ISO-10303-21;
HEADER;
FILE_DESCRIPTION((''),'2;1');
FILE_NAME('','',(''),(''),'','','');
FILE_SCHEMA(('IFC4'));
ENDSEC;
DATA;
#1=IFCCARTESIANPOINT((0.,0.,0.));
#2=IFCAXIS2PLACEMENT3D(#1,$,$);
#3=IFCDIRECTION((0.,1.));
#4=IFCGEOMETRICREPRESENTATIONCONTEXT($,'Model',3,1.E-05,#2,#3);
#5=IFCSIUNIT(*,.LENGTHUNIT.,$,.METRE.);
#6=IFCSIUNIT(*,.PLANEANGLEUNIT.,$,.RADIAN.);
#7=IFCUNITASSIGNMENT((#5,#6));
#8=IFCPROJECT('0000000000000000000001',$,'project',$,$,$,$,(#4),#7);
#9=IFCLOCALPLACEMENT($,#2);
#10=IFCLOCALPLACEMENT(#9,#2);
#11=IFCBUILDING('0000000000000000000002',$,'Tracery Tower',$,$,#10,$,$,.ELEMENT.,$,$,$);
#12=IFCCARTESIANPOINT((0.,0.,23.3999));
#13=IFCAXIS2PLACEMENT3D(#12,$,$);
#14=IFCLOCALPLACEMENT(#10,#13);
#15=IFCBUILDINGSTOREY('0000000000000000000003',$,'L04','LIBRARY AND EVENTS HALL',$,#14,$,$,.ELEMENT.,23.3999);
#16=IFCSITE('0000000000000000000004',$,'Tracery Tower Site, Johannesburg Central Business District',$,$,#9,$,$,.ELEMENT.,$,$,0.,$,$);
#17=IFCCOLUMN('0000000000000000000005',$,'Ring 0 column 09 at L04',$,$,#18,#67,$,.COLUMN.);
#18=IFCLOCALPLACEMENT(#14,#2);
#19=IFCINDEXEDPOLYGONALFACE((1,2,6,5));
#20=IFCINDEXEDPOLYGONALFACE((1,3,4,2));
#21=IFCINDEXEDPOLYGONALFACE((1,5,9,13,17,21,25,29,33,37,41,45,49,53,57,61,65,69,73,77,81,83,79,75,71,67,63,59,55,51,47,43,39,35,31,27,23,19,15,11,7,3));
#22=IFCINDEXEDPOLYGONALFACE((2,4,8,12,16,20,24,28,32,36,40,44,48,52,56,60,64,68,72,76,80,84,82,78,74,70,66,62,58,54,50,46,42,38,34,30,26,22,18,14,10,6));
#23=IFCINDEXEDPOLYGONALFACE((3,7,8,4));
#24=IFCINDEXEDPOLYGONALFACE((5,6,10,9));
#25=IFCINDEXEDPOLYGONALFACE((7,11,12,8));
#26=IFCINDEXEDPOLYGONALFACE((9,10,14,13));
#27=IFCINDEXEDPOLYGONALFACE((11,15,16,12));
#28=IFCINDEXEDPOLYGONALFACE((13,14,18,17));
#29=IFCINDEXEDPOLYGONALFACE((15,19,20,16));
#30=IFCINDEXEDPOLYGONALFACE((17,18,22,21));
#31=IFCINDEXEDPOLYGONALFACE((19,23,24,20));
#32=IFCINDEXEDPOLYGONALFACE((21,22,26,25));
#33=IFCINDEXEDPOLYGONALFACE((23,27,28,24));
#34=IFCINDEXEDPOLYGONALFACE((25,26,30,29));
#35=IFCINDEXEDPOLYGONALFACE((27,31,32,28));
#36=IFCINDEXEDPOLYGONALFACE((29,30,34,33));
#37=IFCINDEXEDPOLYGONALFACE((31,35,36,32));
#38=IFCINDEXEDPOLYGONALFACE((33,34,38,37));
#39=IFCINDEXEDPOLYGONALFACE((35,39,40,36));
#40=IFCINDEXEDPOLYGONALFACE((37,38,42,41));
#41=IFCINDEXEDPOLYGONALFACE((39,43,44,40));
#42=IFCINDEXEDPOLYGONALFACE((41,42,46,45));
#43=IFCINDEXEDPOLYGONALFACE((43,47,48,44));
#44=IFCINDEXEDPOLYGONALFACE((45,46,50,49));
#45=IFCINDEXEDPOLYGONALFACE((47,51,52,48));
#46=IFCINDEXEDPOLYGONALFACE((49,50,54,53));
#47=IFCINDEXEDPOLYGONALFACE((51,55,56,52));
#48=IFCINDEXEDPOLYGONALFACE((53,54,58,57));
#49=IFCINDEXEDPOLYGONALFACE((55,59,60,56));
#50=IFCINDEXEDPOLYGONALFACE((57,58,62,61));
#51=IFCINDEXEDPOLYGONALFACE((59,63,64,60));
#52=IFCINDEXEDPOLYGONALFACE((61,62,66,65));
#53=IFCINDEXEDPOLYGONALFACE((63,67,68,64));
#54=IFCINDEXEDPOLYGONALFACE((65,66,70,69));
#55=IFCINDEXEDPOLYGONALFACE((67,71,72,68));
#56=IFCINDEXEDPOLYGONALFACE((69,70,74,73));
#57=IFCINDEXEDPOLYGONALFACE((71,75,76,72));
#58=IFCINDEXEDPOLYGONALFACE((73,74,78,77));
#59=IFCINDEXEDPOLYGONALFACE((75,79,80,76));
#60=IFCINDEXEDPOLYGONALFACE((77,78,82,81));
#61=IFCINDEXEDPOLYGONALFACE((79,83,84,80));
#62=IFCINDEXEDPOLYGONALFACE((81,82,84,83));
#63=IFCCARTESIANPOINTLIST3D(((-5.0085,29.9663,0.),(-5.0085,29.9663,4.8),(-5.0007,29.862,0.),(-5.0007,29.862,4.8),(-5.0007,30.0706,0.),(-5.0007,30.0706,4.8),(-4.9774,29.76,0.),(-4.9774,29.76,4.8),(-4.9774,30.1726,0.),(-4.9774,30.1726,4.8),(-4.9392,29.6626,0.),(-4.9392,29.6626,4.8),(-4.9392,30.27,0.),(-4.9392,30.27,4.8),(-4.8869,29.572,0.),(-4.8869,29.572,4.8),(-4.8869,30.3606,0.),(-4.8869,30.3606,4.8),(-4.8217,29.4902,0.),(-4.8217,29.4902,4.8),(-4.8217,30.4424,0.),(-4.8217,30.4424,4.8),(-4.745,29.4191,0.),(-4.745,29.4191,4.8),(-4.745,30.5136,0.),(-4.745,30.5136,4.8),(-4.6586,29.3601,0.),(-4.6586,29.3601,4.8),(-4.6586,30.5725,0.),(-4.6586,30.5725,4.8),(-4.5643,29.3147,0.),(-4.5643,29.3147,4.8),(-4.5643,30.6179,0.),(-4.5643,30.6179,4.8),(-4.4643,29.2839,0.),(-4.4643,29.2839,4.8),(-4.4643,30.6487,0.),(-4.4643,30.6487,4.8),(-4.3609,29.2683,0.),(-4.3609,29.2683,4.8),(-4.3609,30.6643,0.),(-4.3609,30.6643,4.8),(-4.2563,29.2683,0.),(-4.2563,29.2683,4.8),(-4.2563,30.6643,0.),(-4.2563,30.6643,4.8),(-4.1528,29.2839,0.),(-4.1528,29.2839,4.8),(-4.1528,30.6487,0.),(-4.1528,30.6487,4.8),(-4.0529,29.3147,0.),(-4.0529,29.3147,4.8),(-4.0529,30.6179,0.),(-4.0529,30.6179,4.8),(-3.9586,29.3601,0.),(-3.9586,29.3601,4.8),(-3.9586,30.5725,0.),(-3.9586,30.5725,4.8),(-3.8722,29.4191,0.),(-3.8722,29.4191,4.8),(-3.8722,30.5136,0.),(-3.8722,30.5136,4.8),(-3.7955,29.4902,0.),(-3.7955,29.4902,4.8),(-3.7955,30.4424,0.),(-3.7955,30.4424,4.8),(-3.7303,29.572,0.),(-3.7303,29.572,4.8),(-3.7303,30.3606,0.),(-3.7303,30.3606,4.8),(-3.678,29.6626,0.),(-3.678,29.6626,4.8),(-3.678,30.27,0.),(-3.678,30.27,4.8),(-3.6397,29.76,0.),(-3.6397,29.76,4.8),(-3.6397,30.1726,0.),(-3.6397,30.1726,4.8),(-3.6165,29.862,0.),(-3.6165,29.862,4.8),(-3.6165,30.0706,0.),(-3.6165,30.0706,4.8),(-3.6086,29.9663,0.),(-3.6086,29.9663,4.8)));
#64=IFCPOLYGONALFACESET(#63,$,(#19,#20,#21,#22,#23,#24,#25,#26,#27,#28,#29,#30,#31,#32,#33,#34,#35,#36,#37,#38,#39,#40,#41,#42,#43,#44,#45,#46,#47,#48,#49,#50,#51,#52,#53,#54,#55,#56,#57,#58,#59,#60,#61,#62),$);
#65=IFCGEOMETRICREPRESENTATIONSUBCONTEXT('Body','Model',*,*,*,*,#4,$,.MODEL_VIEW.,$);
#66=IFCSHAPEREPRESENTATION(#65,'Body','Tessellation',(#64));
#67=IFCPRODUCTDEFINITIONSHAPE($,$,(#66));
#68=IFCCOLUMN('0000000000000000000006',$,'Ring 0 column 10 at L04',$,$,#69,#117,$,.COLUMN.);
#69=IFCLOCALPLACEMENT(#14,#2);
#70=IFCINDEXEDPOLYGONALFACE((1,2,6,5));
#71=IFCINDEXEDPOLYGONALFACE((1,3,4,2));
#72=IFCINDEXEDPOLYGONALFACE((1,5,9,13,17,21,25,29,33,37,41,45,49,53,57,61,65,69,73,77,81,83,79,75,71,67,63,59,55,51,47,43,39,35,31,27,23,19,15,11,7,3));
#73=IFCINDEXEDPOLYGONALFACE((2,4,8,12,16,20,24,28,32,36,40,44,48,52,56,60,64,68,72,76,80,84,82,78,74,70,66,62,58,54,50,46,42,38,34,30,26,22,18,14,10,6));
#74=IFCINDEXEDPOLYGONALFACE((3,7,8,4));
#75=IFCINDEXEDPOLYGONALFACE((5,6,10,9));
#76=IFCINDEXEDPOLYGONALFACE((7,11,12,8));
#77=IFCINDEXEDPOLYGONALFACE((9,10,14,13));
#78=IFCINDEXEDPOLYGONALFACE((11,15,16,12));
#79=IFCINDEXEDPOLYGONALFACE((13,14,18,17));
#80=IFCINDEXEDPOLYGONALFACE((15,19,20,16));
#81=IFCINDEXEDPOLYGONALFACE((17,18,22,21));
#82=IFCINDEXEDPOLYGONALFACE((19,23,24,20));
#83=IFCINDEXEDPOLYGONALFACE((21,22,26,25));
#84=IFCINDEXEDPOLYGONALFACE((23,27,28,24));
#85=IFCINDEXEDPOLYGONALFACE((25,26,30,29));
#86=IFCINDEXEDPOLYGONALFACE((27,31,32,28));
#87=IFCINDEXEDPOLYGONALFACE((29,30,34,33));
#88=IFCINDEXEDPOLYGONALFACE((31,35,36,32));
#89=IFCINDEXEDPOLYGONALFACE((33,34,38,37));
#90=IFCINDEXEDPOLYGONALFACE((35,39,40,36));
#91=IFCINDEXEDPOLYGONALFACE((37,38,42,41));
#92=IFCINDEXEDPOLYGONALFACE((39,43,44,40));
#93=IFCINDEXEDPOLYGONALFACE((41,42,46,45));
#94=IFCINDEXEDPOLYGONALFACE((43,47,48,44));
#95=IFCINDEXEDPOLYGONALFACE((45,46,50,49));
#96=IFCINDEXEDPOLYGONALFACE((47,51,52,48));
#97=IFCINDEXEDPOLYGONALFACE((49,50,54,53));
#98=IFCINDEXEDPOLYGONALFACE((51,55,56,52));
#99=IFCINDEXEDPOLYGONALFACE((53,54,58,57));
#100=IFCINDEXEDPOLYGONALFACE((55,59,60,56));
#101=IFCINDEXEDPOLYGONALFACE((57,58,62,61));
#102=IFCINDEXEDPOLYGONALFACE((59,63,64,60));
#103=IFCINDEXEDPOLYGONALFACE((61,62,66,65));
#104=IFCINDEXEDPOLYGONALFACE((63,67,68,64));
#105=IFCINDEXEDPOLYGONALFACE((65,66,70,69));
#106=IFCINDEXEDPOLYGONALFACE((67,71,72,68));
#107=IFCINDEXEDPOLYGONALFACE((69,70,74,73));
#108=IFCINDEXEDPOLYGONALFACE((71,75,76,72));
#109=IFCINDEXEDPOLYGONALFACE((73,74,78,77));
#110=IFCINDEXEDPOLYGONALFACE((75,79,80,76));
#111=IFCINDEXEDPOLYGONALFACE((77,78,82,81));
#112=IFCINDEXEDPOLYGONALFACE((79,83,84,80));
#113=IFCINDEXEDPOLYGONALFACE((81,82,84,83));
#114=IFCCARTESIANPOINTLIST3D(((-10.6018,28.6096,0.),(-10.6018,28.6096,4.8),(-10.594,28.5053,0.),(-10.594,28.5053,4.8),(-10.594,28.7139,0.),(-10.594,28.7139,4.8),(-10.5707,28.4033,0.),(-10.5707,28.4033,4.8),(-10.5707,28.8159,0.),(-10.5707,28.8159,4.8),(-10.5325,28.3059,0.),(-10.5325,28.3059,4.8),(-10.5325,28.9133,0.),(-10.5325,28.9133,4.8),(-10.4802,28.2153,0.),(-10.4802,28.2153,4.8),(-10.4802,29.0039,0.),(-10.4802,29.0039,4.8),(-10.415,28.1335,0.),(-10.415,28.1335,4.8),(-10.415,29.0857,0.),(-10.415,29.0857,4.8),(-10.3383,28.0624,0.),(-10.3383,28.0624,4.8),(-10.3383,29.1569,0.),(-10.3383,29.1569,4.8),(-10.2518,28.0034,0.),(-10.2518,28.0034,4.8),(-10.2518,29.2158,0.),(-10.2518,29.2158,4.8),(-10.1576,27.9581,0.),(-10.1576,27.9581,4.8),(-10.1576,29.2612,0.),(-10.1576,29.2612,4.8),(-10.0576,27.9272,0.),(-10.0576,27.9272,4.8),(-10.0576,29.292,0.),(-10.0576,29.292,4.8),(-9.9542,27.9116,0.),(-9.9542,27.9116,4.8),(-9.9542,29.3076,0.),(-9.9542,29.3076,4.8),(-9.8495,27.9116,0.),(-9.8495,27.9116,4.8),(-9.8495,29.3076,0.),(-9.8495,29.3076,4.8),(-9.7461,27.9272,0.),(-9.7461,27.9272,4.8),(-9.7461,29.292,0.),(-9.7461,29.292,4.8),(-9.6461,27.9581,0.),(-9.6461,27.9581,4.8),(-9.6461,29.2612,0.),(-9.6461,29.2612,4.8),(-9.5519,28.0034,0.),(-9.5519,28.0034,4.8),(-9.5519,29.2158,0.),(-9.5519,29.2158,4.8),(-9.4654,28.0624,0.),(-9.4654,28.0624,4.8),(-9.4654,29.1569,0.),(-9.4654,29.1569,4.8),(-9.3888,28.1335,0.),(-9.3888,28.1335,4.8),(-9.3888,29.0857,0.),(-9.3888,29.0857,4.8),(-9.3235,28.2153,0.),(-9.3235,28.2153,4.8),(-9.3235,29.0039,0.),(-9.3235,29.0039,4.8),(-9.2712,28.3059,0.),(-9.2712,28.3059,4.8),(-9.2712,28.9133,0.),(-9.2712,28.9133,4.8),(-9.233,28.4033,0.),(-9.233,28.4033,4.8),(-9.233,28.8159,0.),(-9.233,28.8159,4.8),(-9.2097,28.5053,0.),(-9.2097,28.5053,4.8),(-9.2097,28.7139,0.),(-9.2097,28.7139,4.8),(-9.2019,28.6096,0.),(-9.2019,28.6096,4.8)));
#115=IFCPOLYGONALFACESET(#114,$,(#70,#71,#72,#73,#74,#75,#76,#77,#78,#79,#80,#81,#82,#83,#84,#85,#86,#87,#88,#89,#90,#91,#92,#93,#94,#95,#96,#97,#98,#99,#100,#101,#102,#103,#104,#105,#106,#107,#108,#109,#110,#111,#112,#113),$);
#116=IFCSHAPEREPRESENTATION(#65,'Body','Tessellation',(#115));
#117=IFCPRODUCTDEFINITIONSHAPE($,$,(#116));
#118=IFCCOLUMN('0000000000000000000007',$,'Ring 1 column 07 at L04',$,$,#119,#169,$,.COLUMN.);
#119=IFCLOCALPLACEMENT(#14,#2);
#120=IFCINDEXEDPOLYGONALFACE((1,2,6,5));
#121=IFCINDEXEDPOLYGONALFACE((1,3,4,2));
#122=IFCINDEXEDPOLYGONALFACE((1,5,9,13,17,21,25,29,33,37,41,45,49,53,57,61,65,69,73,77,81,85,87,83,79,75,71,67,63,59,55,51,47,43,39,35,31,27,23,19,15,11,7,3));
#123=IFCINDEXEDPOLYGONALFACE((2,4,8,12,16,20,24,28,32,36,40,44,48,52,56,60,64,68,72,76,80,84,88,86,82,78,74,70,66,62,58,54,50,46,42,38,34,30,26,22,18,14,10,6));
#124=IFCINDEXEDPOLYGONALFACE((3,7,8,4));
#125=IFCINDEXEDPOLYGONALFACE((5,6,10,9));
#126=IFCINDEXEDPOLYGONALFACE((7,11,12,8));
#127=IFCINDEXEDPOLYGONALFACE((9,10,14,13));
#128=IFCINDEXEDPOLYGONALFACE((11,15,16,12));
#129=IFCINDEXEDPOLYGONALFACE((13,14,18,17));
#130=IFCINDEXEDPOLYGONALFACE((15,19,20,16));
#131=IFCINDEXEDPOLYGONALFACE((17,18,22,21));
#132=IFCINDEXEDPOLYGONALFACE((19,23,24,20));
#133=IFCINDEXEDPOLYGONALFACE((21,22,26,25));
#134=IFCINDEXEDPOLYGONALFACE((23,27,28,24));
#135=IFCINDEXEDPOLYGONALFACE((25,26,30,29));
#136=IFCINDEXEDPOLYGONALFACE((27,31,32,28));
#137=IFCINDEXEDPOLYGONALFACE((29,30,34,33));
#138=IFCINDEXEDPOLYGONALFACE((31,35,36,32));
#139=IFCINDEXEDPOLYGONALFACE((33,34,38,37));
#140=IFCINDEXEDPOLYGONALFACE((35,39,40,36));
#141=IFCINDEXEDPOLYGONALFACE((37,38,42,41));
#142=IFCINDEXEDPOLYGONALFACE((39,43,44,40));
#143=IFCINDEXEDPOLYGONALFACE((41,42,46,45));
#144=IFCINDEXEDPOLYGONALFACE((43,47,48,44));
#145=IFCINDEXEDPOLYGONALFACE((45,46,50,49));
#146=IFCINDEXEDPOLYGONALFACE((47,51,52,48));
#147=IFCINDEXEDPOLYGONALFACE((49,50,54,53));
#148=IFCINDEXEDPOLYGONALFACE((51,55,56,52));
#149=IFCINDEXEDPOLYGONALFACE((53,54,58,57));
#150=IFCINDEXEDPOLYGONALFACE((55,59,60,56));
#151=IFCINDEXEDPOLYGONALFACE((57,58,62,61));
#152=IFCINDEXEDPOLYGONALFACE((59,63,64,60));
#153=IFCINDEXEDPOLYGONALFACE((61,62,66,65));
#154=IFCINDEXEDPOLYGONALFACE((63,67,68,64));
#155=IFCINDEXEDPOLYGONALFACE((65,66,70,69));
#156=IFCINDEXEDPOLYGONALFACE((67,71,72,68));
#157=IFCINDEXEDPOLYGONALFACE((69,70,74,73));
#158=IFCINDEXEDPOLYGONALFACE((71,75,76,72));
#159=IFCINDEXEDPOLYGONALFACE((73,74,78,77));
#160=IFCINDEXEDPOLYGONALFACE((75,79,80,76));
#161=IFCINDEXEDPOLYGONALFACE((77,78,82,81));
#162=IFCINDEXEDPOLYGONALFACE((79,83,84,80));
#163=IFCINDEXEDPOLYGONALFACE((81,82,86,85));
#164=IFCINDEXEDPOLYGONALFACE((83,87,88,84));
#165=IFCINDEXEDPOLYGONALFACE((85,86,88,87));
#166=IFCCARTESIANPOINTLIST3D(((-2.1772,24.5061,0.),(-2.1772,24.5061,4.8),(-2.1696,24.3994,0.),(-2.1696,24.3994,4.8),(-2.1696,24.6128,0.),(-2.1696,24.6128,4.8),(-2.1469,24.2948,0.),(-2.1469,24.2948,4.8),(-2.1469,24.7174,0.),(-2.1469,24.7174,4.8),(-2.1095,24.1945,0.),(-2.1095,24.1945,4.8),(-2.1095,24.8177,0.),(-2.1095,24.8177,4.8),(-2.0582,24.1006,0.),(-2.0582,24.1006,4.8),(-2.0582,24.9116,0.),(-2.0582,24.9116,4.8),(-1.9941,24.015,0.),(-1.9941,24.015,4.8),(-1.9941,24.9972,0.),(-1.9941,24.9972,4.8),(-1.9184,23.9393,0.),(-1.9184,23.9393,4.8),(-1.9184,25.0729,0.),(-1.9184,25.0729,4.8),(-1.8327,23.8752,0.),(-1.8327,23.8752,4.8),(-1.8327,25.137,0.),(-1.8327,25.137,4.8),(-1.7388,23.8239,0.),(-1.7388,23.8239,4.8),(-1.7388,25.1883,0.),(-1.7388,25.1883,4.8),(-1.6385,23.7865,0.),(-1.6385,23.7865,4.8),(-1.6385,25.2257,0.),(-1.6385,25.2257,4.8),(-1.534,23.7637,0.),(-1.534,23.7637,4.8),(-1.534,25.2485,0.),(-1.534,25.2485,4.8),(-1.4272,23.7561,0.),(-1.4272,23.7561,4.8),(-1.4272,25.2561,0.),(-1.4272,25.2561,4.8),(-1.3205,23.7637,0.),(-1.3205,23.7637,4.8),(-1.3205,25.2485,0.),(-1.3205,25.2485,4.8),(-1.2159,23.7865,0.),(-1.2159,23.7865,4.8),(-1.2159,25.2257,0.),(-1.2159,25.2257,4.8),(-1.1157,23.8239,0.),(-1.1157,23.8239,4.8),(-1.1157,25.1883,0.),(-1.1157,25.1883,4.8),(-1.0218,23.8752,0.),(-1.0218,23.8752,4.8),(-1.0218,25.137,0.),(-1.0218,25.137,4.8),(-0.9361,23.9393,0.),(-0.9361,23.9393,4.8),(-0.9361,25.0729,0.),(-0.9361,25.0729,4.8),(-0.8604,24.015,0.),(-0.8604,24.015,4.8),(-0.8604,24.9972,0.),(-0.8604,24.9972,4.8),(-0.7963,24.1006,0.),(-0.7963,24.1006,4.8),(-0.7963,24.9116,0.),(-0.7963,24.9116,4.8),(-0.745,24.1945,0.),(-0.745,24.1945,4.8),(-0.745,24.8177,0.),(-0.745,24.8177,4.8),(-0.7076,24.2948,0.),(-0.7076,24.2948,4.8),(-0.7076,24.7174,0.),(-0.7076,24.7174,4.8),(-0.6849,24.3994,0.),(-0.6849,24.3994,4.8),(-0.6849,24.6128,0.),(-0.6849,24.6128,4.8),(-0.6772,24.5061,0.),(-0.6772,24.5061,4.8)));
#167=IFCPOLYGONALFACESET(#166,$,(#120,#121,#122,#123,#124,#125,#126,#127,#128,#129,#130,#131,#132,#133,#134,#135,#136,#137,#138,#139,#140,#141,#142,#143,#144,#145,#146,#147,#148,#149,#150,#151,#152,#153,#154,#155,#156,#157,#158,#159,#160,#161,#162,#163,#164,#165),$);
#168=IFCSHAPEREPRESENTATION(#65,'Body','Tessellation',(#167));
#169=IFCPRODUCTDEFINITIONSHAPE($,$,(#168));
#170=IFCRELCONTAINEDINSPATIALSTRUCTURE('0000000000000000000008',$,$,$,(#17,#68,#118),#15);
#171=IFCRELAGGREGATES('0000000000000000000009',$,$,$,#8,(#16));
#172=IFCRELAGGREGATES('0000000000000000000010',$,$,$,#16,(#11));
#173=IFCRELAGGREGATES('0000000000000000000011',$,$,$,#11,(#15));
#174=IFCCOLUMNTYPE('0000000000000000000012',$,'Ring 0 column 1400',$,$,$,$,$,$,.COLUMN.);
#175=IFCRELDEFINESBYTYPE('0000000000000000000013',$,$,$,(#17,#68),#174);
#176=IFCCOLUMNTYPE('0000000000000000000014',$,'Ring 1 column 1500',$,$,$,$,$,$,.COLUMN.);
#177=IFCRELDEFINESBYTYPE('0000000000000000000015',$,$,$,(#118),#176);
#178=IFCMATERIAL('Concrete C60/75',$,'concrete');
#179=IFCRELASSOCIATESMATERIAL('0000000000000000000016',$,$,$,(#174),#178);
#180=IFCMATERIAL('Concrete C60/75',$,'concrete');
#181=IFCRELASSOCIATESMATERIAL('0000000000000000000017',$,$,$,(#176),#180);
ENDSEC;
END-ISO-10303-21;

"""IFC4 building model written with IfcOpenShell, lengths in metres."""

from ifc_helpers import new_model, si_unit, direction, frame, origin, origin_2d, place, context, subcontext, project, spatial, circle, extrude, material, material_profile, profile_set, type_object, element, save


model = new_model("IFC4")

# Units and contexts
model_context = context("Model", 3, precision=1e-05, world=origin(), true_north=direction((0.0, 1.0)))
body_context = subcontext(model_context, "Body", "Model", "MODEL_VIEW")
ifc_project = project(units=[si_unit("LENGTHUNIT", "METRE"), si_unit("PLANEANGLEUNIT", "RADIAN")], contexts=[model_context])

# Site, building, storey
site_placement = place(None, origin())
site = spatial("IfcSite", under=ifc_project, at=site_placement, Name="Tracery Tower Site, Johannesburg Central Business District", CompositionType="ELEMENT", RefElevation=0.0)
building_placement = place(site_placement, origin())
building = spatial("IfcBuilding", under=site, at=building_placement, Name="Tracery Tower", CompositionType="ELEMENT")
storey_placement = place(building_placement, frame((0.0, 0.0, 23.3999)))
storey = spatial("IfcBuildingStorey", under=building, at=storey_placement, Name="L04", Description="LIBRARY AND EVENTS HALL", CompositionType="ELEMENT", Elevation=23.3999)

# Columns
ifc_material_1 = material(Name="Concrete C60/75", Category="concrete")
ifc_material_profile_1 = material_profile(ifc_material_1, circle(Radius=0.7, at=origin_2d()), Name="RC D1400")
ifc_profile_set_1 = profile_set([ifc_material_profile_1], Name="Concrete C60/75")
column_type_1 = type_object("IfcColumnType", Name="Ring 0 column 1400", PredefinedType="COLUMN", material=ifc_profile_set_1)
for number, where, z_axis, x_axis, name in (
    (1, (-4.3086, 29.9663, 0.0), (0.0, 0.0, 1.0), (1.0, 0.0, 0.0), "Ring 0 column 09 at L04"),
    (2, (-9.9019, 28.6096, 0.0), (0.0, 0.0, 1.0), (1.0, 0.0, 0.0), "Ring 0 column 10 at L04"),
):
    element("IfcColumn", number, at=place(storey_placement, frame(where, z_axis=z_axis, x_axis=x_axis)), inside=storey, type_object=column_type_1, Name=name, PredefinedType="COLUMN", context=body_context, shape_type="SweptSolid", body=[
        extrude(circle(Radius=0.7, at=origin_2d()), origin(), (0.0, 0.0, 1.0), 4.8),
    ])
ifc_material_2 = material(Name="Concrete C60/75", Category="concrete")
ifc_material_profile_2 = material_profile(ifc_material_2, circle(Radius=0.75, at=origin_2d()), Name="RC D1500")
ifc_profile_set_2 = profile_set([ifc_material_profile_2], Name="Concrete C60/75")
column_type_2 = type_object("IfcColumnType", Name="Ring 1 column 1500", PredefinedType="COLUMN", material=ifc_profile_set_2)
for number, where, z_axis, x_axis, name in (
    (3, (-1.4272, 24.5061, 0.0), (0.0, 0.0, 1.0), (1.0, 0.0, 0.0), "Ring 1 column 07 at L04"),
):
    element("IfcColumn", number, at=place(storey_placement, frame(where, z_axis=z_axis, x_axis=x_axis)), inside=storey, type_object=column_type_2, Name=name, PredefinedType="COLUMN", context=body_context, shape_type="SweptSolid", body=[
        extrude(circle(Radius=0.75, at=origin_2d()), origin(), (0.0, 0.0, 1.0), 4.8),
    ])

save(model, "model.ifc")
